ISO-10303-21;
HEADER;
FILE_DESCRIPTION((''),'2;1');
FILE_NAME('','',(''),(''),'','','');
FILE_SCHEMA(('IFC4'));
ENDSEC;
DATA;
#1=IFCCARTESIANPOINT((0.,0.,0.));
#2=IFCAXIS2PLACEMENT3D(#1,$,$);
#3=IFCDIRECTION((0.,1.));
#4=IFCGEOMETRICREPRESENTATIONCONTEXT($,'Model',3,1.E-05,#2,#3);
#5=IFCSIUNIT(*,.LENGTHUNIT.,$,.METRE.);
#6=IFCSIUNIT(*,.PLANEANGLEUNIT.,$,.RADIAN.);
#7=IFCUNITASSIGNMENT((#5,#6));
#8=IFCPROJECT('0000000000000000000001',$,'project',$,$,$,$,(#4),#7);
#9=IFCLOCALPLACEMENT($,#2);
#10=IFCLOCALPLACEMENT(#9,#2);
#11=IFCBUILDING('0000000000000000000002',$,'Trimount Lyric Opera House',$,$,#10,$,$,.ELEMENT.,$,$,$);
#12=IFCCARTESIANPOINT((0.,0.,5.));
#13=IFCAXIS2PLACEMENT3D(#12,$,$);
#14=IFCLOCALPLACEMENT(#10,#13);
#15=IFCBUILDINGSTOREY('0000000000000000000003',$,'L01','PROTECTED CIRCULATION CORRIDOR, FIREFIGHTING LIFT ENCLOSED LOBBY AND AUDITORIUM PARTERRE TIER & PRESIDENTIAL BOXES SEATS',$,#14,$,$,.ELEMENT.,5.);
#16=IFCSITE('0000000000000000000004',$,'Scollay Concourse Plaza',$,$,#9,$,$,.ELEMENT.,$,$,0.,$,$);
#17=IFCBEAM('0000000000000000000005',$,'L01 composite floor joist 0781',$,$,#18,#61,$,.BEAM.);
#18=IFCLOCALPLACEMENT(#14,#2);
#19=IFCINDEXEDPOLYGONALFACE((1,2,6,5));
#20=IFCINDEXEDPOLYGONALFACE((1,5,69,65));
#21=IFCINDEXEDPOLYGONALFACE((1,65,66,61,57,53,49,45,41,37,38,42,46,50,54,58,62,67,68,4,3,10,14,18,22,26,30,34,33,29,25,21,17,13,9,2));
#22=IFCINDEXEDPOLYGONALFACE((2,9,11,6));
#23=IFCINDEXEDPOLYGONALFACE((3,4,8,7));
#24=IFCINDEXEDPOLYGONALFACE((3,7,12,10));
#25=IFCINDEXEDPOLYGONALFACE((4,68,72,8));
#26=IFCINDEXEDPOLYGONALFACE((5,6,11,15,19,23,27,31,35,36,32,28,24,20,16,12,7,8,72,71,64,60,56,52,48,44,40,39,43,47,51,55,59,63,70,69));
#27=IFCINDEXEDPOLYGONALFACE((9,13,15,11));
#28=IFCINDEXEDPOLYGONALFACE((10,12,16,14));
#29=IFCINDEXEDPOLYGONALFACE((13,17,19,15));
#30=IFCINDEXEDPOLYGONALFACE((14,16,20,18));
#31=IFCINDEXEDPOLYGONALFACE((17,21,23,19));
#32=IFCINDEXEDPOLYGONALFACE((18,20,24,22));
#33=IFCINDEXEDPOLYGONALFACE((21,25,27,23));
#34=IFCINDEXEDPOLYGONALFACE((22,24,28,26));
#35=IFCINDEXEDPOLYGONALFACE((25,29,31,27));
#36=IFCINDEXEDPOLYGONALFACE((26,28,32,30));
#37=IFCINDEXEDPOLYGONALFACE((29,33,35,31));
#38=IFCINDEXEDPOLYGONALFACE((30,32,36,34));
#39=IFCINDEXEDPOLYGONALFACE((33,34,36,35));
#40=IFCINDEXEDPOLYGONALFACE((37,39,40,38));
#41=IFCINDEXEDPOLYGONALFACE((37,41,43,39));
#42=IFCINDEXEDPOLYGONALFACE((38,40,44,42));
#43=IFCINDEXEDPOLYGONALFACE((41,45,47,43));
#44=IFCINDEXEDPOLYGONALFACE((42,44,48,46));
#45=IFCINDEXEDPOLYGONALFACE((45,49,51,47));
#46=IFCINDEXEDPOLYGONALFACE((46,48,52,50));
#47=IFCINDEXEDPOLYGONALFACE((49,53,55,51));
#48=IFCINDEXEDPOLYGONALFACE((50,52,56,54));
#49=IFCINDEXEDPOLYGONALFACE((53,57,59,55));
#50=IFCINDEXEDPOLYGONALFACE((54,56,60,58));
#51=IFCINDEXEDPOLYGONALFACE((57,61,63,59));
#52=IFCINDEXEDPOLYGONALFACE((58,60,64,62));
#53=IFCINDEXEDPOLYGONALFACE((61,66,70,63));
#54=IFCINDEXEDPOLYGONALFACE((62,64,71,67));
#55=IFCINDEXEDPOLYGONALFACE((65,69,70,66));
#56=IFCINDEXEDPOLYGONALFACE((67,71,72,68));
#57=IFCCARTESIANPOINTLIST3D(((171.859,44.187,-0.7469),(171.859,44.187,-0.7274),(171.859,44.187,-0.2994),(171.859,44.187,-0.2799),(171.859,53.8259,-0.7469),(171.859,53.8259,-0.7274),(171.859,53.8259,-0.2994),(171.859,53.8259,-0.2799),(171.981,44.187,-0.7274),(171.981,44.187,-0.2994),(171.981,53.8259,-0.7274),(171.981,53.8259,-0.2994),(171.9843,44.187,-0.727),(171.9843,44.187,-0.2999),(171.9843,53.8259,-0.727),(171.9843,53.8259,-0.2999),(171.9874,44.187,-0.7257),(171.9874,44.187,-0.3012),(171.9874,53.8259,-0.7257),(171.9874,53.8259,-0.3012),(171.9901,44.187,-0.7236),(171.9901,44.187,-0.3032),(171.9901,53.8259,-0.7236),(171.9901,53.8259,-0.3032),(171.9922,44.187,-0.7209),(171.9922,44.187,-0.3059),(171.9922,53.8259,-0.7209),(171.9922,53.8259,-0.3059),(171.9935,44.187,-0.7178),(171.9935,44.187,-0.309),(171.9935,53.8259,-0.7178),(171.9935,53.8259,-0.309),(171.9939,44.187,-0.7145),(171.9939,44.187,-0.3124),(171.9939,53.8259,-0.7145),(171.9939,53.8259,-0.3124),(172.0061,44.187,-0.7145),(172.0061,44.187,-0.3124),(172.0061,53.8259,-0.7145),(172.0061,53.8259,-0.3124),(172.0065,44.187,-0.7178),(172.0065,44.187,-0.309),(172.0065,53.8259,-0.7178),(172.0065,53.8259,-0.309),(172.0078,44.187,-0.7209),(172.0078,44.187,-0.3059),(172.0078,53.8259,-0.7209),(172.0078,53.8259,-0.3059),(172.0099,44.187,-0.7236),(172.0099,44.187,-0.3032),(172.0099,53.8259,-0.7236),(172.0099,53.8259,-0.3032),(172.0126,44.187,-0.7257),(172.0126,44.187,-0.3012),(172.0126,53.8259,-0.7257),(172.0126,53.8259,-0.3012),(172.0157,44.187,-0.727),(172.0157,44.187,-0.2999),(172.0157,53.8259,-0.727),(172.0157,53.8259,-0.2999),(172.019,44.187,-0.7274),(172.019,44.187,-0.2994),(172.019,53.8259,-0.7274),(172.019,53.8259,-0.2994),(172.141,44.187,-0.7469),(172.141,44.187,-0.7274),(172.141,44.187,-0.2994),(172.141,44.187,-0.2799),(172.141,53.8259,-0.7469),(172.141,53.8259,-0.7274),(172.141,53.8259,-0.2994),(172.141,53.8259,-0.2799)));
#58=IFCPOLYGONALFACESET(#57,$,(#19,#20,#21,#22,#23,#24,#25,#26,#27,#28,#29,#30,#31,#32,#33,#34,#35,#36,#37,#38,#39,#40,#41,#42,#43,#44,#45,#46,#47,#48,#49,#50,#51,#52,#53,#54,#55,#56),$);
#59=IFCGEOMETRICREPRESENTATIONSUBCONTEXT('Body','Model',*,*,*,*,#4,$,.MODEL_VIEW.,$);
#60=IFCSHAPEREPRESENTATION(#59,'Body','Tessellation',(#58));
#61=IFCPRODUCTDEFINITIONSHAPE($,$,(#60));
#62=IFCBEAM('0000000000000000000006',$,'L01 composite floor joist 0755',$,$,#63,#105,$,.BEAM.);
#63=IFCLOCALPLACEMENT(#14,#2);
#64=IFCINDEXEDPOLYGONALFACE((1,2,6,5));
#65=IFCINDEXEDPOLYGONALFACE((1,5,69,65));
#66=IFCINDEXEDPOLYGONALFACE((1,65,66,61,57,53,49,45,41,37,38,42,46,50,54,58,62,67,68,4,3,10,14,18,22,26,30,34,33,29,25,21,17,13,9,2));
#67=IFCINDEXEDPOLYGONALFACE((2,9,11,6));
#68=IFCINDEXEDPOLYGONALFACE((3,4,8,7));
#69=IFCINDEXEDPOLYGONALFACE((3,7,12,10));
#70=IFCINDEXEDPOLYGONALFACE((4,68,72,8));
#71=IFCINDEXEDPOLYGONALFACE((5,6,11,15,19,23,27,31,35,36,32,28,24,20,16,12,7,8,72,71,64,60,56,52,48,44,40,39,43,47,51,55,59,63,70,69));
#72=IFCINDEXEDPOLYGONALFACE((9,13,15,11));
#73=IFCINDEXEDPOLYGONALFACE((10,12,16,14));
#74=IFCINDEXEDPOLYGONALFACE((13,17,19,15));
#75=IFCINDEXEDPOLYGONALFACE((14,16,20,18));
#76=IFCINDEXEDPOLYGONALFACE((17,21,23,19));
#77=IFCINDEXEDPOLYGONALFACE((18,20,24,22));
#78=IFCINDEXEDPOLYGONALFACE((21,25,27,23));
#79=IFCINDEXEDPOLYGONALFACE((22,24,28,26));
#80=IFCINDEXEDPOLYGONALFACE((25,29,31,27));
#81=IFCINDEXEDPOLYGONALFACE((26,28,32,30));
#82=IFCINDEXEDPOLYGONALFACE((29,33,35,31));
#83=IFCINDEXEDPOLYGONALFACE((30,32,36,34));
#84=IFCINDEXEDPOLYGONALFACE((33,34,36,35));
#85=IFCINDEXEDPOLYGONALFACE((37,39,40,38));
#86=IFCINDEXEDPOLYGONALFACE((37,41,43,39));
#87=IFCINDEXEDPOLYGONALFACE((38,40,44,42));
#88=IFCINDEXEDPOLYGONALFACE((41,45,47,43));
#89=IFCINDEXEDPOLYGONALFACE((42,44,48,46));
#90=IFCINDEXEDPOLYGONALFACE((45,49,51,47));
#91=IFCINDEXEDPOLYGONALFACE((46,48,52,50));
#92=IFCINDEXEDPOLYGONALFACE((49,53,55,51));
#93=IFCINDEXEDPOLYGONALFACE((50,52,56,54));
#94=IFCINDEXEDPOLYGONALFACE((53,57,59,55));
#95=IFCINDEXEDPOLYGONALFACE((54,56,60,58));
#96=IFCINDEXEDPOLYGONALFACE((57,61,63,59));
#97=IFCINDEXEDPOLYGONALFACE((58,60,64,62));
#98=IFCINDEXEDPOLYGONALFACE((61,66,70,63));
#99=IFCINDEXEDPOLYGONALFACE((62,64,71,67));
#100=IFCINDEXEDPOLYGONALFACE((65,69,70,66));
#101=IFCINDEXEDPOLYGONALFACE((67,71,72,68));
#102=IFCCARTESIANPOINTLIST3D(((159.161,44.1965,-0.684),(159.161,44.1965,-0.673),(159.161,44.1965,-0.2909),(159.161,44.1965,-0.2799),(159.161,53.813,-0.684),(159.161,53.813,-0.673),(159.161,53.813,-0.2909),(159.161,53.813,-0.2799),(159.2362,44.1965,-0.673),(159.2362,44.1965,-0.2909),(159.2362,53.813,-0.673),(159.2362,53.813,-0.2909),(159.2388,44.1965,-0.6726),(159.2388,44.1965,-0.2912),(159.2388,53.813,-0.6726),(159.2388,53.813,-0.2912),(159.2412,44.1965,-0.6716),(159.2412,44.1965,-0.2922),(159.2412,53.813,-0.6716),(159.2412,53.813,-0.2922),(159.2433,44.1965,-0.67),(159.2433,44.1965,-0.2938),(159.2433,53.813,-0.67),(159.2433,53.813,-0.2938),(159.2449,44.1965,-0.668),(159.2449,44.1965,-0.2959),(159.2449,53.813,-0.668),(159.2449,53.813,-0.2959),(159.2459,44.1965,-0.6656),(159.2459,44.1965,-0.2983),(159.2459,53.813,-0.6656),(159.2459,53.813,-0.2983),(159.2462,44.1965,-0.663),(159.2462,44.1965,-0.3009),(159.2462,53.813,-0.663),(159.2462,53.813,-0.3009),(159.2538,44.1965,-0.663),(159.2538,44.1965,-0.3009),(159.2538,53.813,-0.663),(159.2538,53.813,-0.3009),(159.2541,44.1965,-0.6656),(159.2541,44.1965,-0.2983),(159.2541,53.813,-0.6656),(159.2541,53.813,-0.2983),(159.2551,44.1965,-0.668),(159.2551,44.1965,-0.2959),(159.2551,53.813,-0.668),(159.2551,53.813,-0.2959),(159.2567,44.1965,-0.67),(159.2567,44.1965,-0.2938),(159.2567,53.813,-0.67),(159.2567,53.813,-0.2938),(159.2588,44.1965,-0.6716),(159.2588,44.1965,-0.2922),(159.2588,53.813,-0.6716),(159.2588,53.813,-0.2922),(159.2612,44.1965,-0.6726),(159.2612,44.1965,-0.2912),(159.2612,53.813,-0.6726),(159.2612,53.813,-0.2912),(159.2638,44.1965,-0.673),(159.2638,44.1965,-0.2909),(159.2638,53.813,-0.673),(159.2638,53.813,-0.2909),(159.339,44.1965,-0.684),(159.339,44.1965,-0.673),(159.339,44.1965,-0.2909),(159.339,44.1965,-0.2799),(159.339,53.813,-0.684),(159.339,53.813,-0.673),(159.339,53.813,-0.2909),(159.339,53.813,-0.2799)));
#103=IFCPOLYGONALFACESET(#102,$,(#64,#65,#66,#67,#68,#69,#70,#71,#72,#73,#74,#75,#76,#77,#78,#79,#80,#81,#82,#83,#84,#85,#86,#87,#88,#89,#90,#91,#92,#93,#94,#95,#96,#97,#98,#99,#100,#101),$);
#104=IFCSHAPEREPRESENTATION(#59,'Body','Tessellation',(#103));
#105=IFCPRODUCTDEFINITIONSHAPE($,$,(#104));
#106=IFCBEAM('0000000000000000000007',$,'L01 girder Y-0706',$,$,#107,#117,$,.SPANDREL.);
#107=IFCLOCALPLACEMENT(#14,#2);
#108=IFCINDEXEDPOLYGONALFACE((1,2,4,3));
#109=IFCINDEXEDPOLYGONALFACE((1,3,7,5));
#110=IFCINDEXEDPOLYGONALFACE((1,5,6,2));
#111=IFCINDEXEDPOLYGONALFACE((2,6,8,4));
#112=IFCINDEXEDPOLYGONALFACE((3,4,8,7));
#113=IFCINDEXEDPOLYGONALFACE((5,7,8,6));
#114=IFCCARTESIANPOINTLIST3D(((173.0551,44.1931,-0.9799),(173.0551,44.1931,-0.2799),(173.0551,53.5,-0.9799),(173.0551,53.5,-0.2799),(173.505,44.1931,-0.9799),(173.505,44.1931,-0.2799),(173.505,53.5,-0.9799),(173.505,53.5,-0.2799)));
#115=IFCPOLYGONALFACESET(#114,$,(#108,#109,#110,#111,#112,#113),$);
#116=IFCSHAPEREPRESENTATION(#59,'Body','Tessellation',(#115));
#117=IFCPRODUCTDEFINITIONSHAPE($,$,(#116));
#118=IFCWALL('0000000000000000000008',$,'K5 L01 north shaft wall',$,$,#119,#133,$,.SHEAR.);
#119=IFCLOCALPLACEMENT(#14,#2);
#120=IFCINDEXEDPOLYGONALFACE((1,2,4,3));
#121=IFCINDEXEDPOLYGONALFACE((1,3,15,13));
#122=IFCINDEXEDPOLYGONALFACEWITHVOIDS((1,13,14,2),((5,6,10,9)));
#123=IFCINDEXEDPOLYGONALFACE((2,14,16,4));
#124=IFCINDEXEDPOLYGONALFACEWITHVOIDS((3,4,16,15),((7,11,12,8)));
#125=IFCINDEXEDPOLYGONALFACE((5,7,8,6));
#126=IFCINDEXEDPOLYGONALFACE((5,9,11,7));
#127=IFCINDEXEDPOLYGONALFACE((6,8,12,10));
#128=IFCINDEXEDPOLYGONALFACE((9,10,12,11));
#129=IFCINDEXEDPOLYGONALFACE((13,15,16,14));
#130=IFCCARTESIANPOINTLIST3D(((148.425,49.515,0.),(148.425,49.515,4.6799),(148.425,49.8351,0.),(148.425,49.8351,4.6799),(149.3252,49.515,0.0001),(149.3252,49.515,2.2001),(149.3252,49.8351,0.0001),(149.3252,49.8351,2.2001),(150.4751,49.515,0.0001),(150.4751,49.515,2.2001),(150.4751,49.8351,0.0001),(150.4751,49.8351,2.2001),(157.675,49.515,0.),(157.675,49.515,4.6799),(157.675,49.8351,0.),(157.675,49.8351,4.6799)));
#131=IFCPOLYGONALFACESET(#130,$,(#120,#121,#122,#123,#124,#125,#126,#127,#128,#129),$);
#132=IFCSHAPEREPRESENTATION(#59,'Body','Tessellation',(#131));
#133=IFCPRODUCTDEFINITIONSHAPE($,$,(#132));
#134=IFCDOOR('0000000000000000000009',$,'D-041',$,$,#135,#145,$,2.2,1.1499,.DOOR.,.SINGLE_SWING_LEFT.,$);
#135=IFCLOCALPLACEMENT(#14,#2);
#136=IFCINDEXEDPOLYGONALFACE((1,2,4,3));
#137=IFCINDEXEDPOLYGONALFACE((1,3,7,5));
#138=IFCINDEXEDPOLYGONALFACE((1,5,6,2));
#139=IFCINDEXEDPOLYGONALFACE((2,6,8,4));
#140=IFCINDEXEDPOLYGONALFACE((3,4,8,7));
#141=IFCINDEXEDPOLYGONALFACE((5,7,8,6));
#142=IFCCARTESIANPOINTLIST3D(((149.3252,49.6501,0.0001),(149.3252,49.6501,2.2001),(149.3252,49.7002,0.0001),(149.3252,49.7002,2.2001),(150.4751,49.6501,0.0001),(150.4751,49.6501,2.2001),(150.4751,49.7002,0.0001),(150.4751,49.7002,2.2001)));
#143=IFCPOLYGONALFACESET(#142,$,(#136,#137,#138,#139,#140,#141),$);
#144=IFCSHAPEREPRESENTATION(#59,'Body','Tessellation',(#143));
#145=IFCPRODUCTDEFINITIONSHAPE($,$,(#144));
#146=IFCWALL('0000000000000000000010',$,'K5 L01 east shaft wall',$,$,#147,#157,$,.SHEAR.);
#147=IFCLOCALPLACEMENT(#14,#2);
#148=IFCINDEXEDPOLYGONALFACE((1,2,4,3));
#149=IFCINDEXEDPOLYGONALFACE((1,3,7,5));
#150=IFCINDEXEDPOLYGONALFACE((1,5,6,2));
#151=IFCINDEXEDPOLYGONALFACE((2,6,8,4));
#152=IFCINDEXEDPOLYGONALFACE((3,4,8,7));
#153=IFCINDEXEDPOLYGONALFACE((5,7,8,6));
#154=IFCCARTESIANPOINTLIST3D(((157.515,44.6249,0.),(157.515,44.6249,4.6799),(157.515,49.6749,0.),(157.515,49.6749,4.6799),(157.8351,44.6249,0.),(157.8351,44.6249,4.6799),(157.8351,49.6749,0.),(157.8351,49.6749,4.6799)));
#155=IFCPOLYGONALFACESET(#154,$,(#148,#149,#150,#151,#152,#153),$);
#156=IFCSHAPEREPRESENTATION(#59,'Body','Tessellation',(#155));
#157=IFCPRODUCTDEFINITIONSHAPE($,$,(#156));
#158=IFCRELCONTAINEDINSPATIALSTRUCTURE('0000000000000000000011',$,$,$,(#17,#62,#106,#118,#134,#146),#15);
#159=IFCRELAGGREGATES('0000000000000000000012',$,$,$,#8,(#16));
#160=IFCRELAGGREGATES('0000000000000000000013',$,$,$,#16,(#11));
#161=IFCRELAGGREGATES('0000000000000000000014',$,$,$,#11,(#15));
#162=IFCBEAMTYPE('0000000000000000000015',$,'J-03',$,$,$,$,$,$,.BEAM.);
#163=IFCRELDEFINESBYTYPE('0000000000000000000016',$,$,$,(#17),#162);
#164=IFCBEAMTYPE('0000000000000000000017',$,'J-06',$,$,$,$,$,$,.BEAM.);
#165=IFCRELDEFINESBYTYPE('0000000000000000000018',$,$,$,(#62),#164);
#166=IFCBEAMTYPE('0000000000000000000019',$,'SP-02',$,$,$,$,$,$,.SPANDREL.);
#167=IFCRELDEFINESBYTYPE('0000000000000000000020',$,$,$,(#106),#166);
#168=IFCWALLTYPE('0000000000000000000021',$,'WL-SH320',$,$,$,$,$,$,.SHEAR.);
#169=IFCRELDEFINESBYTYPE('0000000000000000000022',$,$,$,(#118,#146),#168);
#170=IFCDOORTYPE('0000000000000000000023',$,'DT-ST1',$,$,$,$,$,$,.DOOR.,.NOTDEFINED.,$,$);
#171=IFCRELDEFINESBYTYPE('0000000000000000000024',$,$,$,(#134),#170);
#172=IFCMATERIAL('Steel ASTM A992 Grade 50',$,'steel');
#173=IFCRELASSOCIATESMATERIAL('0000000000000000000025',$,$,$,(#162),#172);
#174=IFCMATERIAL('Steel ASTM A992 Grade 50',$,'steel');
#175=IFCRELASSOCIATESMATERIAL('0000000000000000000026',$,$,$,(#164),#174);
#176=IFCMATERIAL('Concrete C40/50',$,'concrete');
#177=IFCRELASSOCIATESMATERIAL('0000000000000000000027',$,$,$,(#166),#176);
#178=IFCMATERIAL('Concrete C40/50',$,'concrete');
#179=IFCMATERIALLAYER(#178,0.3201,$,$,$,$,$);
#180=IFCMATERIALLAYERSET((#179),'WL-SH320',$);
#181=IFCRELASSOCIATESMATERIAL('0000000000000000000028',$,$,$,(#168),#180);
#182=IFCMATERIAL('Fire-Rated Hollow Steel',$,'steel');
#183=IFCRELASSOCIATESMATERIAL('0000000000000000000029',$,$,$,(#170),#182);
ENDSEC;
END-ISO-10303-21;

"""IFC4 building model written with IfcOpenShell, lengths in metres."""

from ifc_helpers import new_model, si_unit, direction, frame, frame_2d, origin, origin_2d, place, context, subcontext, project, spatial, rectangle, i_section, extrude, material, layer, layer_set, material_profile, profile_set, type_object, element, fill, save


model = new_model("IFC4")

# Units and contexts
model_context = context("Model", 3, precision=1e-05, world=origin(), true_north=direction((0.0, 1.0)))
body_context = subcontext(model_context, "Body", "Model", "MODEL_VIEW")
ifc_project = project(units=[si_unit("LENGTHUNIT", "METRE"), si_unit("PLANEANGLEUNIT", "RADIAN")], contexts=[model_context])

# Site, building, storey
site_placement = place(None, origin())
site = spatial("IfcSite", under=ifc_project, at=site_placement, Name="Scollay Concourse Plaza", CompositionType="ELEMENT", RefElevation=0.0)
building_placement = place(site_placement, origin())
building = spatial("IfcBuilding", under=site, at=building_placement, Name="Trimount Lyric Opera House", CompositionType="ELEMENT")
storey_placement = place(building_placement, frame((0.0, 0.0, 5.0)))
storey = spatial("IfcBuildingStorey", under=building, at=storey_placement, Name="L01", Description="PROTECTED CIRCULATION CORRIDOR, FIREFIGHTING LIFT ENCLOSED LOBBY AND AUDITORIUM PARTERRE TIER & PRESIDENTIAL BOXES SEATS", CompositionType="ELEMENT", Elevation=5.0)

# Beams
ifc_material_1 = material(Name="Steel ASTM A992 Grade 50", Category="steel")
ifc_material_profile_1 = material_profile(ifc_material_1, i_section(OverallWidth=0.282, OverallDepth=0.467, WebThickness=0.0122, FlangeThickness=0.0195, FilletRadius=0.0129, at=origin_2d()), Name="W18X86")
ifc_profile_set_1 = profile_set([ifc_material_profile_1], Name="Steel ASTM A992 Grade 50")
beam_type_1 = type_object("IfcBeamType", Name="J-03", PredefinedType="BEAM", material=ifc_profile_set_1)
beam_1_placement = place(storey_placement, frame((172.0, 44.187, -0.5134), z_axis=(0.0, 1.0, 0.0), x_axis=(-1.0, 0.0, 0.0)))
element("IfcBeam", 1, at=beam_1_placement, inside=storey, type_object=beam_type_1, Name="L01 composite floor joist 0781", PredefinedType="BEAM", context=body_context, shape_type="SweptSolid", body=[
    extrude(i_section(OverallWidth=0.282, OverallDepth=0.467, WebThickness=0.0122, FlangeThickness=0.0195, FilletRadius=0.0129, at=origin_2d()), origin(), (0.0, 0.0, 1.0), 9.6389),
])
ifc_material_2 = material(Name="Steel ASTM A992 Grade 50", Category="steel")
ifc_material_profile_2 = material_profile(ifc_material_2, i_section(OverallWidth=0.178, OverallDepth=0.4041, WebThickness=0.0076, FlangeThickness=0.011, FilletRadius=0.01, at=origin_2d()), Name="W16X36")
ifc_profile_set_2 = profile_set([ifc_material_profile_2], Name="Steel ASTM A992 Grade 50")
beam_type_2 = type_object("IfcBeamType", Name="J-06", PredefinedType="BEAM", material=ifc_profile_set_2)
beam_2_placement = place(storey_placement, frame((159.25, 44.1965, -0.4819), z_axis=(0.0, 1.0, 0.0), x_axis=(-1.0, 0.0, 0.0)))
element("IfcBeam", 2, at=beam_2_placement, inside=storey, type_object=beam_type_2, Name="L01 composite floor joist 0755", PredefinedType="BEAM", context=body_context, shape_type="SweptSolid", body=[
    extrude(i_section(OverallWidth=0.178, OverallDepth=0.4041, WebThickness=0.0076, FlangeThickness=0.011, FilletRadius=0.01, at=origin_2d()), origin(), (0.0, 0.0, 1.0), 9.6165),
])
ifc_material_3 = material(Name="Concrete C40/50", Category="concrete")
ifc_material_profile_3 = material_profile(ifc_material_3, rectangle(XDim=0.45, YDim=0.7, at=origin_2d()), Name="RC450X700")
ifc_profile_set_3 = profile_set([ifc_material_profile_3], Name="Concrete C40/50")
beam_type_3 = type_object("IfcBeamType", Name="SP-02", PredefinedType="SPANDREL", material=ifc_profile_set_3)
beam_3_placement = place(storey_placement, frame((173.28, 44.1931, -0.6299), z_axis=(0.0, 1.0, 0.0), x_axis=(-1.0, 0.0, 0.0)))
element("IfcBeam", 3, at=beam_3_placement, inside=storey, type_object=beam_type_3, Name="L01 girder Y-0706", PredefinedType="SPANDREL", context=body_context, shape_type="SweptSolid", body=[
    extrude(rectangle(XDim=0.45, YDim=0.7, at=origin_2d()), origin(), (0.0, 0.0, 1.0), 9.3069),
])

# Wall, opening, door
ifc_material_4 = material(Name="Concrete C40/50", Category="concrete")
ifc_layer_1 = layer(ifc_material_4, 0.3201)
ifc_layer_set_1 = layer_set([ifc_layer_1], Name="WL-SH320")
wall_type_1 = type_object("IfcWallType", Name="WL-SH320", PredefinedType="SHEAR", material=ifc_layer_set_1)
wall_1_placement = place(storey_placement, frame((157.675, 49.675, 0.0), z_axis=(0.0, 0.0, 1.0), x_axis=(-1.0, 0.0, 0.0)))
wall_1 = element("IfcWall", 4, at=wall_1_placement, inside=storey, type_object=wall_type_1, Name="K5 L01 north shaft wall", PredefinedType="SHEAR", context=body_context, shape_type="SweptSolid", body=[
    extrude(rectangle(XDim=9.25, YDim=0.3201, at=frame_2d((4.625, 0.0))), origin(), (0.0, 0.0, 1.0), 4.6799),
])
opening_1_placement = place(wall_1_placement, frame((7.2, 0.0, 0.0)))
opening_1 = element("IfcOpeningElement", 5, at=opening_1_placement, cuts=wall_1, PredefinedType="OPENING", context=body_context, shape_type="SweptSolid", body=[
    extrude(rectangle(XDim=1.1499, YDim=2.2, at=frame_2d((0.575, 1.1001))), frame((0.0, 0.1699, 0.0), z_axis=(0.0, -1.0, 0.0), x_axis=(1.0, 0.0, 0.0)), (0.0, 0.0, 1.0), 0.3401),
])
ifc_material_5 = material(Name="Fire-Rated Hollow Steel", Category="steel")
door_type = type_object("IfcDoorType", Name="DT-ST1", OperationType="NOTDEFINED", PredefinedType="DOOR", material=ifc_material_5)
door_placement = place(opening_1_placement, origin())
door = element("IfcDoor", 6, at=door_placement, inside=storey, type_object=door_type, Name="D-041", OperationType="SINGLE_SWING_LEFT", OverallHeight=2.2, OverallWidth=1.1499, PredefinedType="DOOR", context=body_context, shape_type="SweptSolid", body=[
    extrude(rectangle(XDim=1.1499, YDim=2.2, at=frame_2d((0.575, 1.1001))), frame((0.0, 0.0249, 0.0), z_axis=(0.0, -1.0, 0.0), x_axis=(1.0, 0.0, 0.0)), (0.0, 0.0, 1.0), 0.05),
])
fill(opening_1, door)

# Wall
wall_2_placement = place(storey_placement, frame((157.675, 44.625, 0.0), z_axis=(0.0, 0.0, 1.0), x_axis=(0.0, 1.0, 0.0)))
element("IfcWall", 7, at=wall_2_placement, inside=storey, type_object=wall_type_1, Name="K5 L01 east shaft wall", PredefinedType="SHEAR", context=body_context, shape_type="SweptSolid", body=[
    extrude(rectangle(XDim=5.05, YDim=0.3201, at=frame_2d((2.5249, 0.0))), origin(), (0.0, 0.0, 1.0), 4.6799),
])

save(model, "model.ifc")
